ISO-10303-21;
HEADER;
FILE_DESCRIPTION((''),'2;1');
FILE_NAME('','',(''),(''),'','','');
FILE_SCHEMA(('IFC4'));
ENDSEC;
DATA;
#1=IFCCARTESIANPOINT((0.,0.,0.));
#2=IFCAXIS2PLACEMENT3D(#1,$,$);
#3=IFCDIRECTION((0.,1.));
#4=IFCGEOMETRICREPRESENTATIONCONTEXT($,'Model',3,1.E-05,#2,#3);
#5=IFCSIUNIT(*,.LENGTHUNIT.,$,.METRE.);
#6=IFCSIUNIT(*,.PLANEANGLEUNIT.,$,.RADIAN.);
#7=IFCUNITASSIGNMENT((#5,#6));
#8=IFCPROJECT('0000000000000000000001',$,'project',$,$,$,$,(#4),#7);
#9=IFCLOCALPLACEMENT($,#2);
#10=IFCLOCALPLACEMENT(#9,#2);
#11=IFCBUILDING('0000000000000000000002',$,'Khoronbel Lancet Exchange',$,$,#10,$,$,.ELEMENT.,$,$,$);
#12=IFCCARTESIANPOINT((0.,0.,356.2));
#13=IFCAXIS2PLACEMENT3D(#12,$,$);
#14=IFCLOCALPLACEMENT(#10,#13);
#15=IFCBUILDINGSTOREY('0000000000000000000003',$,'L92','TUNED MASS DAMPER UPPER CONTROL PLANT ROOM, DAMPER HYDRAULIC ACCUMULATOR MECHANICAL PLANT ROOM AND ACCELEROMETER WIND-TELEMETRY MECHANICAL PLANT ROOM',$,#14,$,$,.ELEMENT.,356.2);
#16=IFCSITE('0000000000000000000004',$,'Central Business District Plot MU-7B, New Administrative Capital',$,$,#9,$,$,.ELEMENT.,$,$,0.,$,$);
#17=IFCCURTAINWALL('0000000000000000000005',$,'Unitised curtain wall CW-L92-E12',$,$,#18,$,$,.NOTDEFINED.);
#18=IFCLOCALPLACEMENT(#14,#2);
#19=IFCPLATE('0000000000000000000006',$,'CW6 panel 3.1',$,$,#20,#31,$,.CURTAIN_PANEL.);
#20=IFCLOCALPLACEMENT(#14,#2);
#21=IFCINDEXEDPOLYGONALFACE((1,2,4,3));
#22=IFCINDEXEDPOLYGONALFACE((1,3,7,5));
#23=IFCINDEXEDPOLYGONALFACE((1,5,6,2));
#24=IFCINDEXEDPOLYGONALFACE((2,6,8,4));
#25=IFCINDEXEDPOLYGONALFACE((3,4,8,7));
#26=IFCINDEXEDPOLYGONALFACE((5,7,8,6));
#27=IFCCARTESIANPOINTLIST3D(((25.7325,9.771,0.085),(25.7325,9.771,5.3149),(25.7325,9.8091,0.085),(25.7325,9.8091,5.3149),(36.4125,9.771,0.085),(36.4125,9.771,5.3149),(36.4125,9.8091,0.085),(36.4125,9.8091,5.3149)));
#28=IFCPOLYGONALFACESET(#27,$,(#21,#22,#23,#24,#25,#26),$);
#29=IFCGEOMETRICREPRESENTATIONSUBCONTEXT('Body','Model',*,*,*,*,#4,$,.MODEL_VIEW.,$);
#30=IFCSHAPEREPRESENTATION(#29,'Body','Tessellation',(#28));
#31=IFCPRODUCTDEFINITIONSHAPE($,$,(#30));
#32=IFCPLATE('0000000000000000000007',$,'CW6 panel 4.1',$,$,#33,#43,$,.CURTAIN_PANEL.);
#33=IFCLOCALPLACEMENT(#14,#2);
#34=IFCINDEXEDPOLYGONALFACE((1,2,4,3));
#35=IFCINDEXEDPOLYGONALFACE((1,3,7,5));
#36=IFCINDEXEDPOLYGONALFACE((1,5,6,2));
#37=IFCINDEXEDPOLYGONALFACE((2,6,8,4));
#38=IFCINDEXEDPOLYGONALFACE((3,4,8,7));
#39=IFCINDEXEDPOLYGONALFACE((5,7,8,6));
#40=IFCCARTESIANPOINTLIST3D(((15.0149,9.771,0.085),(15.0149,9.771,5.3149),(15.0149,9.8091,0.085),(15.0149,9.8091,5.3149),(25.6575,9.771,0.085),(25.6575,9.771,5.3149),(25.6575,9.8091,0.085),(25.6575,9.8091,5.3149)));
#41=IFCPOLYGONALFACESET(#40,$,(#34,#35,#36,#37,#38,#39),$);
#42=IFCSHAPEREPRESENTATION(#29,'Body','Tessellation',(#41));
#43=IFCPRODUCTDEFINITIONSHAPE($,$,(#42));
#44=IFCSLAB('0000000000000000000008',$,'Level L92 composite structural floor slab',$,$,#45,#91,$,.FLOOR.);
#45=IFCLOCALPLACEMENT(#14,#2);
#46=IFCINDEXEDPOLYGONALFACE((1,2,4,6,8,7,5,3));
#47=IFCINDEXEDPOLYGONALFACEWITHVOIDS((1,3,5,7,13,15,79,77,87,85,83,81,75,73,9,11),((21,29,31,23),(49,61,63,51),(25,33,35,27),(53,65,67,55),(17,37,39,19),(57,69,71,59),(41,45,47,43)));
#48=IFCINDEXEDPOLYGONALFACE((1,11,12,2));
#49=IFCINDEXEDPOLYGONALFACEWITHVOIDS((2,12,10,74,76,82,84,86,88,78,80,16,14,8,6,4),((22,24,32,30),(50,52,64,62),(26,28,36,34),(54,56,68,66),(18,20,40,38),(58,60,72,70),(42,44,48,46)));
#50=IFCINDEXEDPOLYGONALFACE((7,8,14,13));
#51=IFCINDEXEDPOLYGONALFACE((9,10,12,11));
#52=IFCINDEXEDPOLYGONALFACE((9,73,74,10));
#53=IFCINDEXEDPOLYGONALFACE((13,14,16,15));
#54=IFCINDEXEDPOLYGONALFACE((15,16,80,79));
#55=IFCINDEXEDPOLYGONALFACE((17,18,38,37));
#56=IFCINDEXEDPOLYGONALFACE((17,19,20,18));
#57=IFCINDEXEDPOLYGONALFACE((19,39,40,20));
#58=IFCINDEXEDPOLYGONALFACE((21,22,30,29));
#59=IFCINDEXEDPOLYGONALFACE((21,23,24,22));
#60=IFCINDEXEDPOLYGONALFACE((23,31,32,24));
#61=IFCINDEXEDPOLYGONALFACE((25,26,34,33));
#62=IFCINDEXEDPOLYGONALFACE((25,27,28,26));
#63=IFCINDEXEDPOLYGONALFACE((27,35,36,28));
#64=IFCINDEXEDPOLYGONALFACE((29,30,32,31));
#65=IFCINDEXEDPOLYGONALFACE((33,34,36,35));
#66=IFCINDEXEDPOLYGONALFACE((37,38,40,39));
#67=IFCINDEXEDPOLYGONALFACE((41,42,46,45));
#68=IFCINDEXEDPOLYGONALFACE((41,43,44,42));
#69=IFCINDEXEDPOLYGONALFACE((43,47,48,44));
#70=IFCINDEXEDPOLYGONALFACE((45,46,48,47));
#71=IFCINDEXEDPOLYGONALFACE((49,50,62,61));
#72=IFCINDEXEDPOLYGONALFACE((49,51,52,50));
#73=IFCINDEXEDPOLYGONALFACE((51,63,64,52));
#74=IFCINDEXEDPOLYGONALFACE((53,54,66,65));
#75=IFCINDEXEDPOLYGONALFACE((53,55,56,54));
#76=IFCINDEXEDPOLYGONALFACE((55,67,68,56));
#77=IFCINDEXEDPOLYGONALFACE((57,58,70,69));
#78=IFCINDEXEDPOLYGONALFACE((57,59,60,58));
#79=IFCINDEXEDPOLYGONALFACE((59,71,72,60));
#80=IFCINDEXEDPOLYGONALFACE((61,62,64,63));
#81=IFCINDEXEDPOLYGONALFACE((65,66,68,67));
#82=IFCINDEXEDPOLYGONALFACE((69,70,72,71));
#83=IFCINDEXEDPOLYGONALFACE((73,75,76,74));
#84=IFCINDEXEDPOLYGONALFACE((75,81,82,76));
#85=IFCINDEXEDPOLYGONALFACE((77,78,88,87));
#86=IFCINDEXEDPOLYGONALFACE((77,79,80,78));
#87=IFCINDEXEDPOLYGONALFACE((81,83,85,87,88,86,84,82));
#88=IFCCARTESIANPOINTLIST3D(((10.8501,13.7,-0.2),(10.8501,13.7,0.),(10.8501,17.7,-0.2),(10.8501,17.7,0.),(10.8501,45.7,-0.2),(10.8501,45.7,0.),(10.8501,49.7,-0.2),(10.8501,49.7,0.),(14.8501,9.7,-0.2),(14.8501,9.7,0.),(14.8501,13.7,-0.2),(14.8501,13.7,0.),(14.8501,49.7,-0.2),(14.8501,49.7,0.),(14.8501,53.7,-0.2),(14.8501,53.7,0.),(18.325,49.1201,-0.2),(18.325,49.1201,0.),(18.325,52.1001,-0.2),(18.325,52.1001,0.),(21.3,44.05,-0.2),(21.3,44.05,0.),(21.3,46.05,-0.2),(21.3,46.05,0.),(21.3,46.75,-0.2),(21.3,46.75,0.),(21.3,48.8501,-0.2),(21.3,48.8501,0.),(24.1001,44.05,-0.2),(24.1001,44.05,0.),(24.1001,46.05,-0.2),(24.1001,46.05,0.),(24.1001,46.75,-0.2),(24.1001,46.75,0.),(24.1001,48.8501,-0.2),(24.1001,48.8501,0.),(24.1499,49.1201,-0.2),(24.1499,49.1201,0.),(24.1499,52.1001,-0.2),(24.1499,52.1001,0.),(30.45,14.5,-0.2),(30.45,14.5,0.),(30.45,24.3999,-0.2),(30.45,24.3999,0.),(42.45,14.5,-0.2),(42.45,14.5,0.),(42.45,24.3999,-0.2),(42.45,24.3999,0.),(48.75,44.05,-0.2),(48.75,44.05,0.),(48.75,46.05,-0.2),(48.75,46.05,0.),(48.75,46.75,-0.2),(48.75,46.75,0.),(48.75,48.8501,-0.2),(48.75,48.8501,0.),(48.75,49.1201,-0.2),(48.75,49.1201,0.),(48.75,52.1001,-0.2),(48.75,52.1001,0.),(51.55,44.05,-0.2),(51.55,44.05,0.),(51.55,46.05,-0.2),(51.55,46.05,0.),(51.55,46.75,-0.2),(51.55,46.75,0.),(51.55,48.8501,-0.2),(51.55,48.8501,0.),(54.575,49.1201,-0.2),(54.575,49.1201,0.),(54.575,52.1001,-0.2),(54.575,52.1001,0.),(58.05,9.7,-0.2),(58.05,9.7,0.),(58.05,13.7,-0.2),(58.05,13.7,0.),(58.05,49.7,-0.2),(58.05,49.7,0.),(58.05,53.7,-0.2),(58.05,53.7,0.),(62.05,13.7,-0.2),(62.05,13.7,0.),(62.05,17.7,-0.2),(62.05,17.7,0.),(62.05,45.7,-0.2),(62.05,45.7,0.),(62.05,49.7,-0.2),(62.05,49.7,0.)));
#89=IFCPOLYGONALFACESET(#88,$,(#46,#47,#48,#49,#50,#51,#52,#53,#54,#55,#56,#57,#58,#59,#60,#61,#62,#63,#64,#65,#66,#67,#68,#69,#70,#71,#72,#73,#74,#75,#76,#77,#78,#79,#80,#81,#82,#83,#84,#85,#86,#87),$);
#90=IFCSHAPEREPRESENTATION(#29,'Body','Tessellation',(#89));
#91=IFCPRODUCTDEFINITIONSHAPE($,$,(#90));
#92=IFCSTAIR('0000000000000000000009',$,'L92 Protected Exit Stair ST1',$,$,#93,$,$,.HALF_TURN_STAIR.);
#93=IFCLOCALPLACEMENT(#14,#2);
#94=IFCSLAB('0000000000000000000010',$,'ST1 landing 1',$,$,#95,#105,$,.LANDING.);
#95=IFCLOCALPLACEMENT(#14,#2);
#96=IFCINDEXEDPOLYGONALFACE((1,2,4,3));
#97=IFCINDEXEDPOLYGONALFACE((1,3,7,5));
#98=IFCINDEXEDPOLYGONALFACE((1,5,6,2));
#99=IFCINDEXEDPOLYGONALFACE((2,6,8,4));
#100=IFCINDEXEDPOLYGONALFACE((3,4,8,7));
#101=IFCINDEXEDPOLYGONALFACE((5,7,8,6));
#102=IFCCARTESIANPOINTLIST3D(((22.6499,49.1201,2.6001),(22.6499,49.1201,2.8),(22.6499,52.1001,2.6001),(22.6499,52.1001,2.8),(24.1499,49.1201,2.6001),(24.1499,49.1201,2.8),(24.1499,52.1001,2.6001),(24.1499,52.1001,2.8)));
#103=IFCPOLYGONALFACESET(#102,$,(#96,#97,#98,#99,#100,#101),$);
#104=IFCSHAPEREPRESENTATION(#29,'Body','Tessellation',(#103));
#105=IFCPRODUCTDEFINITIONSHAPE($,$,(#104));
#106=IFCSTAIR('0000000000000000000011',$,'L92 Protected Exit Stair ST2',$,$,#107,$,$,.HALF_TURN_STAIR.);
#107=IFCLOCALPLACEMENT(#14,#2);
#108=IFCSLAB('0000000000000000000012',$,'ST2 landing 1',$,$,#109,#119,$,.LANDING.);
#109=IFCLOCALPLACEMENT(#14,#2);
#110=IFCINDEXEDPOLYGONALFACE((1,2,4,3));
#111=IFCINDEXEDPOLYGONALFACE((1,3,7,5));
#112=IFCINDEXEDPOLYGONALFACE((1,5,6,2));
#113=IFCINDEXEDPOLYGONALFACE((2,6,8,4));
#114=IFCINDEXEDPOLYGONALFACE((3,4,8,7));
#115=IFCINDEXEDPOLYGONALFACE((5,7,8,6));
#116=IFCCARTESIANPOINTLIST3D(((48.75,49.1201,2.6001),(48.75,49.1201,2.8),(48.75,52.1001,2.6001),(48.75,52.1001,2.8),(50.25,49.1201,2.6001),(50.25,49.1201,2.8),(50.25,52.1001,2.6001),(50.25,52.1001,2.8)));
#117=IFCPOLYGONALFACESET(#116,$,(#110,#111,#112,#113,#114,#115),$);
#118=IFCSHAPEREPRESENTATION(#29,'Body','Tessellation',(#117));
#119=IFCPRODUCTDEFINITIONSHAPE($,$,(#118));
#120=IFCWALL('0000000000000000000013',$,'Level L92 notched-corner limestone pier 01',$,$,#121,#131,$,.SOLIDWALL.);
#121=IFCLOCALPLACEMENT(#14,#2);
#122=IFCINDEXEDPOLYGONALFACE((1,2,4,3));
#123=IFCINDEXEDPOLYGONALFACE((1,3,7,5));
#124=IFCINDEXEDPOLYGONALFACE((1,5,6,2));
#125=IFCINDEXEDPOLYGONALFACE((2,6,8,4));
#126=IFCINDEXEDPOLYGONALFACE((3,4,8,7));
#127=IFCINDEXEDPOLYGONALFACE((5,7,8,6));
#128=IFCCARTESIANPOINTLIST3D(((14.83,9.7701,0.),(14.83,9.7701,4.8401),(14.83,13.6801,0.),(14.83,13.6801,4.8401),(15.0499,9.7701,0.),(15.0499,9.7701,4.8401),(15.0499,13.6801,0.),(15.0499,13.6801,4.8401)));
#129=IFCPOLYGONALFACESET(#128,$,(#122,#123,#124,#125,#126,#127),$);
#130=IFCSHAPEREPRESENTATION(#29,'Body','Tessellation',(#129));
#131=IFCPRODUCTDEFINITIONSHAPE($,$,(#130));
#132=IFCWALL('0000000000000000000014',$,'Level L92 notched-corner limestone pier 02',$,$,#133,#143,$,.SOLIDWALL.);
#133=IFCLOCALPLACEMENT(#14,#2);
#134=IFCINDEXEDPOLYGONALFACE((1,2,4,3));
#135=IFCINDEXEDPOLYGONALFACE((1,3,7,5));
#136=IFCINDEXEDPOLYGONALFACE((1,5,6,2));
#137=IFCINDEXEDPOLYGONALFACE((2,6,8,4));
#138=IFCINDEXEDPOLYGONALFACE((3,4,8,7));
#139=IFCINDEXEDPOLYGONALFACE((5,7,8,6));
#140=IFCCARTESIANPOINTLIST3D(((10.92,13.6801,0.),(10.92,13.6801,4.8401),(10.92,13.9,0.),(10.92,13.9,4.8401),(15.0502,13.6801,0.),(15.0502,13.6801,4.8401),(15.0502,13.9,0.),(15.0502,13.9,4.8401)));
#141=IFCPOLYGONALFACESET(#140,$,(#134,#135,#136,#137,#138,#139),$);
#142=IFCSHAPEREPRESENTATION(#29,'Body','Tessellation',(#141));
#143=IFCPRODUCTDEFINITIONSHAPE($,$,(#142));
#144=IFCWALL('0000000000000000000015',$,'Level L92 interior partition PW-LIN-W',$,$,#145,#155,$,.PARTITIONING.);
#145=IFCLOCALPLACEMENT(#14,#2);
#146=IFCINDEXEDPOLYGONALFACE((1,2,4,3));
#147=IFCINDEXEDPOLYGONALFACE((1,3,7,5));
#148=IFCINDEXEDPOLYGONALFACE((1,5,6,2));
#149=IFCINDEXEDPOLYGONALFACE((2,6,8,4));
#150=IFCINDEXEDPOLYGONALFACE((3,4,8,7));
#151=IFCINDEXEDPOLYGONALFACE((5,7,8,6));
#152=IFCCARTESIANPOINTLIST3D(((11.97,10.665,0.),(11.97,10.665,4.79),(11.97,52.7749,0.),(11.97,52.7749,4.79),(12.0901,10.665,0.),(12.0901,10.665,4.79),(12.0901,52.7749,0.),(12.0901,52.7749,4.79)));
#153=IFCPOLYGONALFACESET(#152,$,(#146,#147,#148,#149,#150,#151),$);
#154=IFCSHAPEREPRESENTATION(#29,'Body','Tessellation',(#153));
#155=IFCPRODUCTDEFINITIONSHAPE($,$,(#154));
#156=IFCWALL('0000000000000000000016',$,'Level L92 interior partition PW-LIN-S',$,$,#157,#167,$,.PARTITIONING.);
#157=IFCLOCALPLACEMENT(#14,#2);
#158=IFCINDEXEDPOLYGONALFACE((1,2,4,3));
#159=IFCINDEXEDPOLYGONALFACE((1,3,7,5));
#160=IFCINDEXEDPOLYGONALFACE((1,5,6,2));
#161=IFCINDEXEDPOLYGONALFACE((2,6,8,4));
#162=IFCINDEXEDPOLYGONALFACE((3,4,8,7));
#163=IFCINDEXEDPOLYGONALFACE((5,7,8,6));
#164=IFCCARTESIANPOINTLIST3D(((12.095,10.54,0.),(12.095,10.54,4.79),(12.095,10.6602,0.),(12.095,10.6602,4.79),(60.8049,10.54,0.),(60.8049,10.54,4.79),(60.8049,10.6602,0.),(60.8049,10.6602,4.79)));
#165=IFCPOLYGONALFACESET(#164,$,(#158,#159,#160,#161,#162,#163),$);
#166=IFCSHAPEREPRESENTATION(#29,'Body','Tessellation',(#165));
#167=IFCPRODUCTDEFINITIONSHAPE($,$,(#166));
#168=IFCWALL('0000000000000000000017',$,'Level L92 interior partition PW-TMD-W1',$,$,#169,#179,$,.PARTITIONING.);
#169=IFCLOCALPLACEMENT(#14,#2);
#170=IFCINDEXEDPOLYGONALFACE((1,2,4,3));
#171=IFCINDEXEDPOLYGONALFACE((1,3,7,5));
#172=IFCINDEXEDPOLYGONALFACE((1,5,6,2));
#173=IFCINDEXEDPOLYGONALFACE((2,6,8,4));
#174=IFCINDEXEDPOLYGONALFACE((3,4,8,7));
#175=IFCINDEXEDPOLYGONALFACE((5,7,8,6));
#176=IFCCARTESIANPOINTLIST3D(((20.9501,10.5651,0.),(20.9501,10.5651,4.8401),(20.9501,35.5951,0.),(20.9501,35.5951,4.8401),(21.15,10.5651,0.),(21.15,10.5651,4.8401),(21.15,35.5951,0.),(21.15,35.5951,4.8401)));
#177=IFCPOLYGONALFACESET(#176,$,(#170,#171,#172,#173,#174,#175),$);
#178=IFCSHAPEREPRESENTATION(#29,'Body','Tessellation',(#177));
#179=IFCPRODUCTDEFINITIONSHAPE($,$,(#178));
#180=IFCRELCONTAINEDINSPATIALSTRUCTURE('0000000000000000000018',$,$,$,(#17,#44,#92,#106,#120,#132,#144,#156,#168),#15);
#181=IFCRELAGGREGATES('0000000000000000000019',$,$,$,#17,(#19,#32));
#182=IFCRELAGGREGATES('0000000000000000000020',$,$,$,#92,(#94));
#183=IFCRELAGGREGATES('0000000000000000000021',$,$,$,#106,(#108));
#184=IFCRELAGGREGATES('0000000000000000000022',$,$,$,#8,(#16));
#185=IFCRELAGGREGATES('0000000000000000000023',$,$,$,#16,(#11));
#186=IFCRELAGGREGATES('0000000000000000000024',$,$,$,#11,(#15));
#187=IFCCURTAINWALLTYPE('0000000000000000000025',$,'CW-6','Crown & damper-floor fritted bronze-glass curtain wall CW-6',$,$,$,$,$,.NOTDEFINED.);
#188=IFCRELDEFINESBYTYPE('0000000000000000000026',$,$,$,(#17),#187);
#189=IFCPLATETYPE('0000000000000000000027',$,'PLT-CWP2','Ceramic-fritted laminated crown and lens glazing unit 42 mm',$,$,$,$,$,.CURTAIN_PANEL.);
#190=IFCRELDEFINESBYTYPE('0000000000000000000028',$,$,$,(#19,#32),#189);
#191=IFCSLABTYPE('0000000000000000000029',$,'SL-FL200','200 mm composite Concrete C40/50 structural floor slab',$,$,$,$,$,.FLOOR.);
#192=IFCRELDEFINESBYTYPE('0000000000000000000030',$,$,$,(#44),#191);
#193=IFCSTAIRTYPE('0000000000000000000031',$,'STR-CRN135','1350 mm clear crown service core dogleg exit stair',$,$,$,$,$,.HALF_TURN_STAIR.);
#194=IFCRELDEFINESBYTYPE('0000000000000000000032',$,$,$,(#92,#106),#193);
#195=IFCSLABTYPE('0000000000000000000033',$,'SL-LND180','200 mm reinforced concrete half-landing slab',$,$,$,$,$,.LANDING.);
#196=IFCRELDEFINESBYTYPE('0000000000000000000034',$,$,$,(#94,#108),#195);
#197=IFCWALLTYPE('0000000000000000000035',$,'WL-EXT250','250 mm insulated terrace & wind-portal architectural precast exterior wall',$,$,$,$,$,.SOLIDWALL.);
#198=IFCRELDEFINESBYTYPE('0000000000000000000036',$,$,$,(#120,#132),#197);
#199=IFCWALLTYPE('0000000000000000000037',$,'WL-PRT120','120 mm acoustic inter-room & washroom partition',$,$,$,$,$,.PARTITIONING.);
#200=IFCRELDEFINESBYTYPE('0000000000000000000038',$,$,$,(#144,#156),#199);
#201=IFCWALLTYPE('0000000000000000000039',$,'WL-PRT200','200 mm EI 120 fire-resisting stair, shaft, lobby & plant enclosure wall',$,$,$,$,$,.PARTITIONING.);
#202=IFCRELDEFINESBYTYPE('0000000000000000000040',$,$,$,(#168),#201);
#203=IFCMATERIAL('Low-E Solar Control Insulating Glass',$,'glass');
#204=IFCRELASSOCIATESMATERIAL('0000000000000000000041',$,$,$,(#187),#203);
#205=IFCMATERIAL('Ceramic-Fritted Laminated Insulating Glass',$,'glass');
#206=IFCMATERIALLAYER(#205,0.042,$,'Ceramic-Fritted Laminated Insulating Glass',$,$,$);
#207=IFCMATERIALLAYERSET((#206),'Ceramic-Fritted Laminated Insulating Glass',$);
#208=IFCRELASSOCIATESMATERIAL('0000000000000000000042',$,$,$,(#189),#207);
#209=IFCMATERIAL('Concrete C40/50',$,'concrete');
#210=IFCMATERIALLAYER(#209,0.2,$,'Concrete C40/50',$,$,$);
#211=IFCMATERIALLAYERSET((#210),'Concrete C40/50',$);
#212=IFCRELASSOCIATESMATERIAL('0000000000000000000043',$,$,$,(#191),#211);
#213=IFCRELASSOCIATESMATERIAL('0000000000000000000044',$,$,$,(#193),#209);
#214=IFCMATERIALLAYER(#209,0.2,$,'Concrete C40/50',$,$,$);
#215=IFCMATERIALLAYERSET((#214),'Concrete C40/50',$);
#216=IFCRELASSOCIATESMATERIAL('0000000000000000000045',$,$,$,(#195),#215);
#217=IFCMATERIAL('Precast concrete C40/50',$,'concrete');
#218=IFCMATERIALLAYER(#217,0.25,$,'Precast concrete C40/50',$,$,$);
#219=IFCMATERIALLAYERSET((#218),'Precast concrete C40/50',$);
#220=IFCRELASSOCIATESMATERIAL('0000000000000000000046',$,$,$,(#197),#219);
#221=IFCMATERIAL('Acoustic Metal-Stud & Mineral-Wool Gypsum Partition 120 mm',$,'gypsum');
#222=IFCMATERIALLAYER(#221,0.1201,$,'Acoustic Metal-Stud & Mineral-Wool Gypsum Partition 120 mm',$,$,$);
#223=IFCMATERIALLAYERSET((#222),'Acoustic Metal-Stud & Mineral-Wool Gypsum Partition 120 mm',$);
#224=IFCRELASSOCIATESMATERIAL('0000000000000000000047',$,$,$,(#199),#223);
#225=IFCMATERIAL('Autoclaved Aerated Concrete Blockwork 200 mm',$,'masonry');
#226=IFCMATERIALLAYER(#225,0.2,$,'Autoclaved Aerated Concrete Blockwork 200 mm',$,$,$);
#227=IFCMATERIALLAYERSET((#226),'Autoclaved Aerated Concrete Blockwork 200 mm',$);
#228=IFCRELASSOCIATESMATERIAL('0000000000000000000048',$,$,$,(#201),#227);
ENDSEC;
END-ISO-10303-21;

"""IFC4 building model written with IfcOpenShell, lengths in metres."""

from ifc_helpers import new_model, si_unit, direction, frame, frame_2d, origin, origin_2d, place, context, subcontext, project, spatial, polyline, rectangle, outline, extrude, material, layer, layer_set, type_object, element, aggregate, save


model = new_model("IFC4")

# Units and contexts
model_context = context("Model", 3, precision=1e-05, world=origin(), true_north=direction((0.0, 1.0)))
body_context = subcontext(model_context, "Body", "Model", "MODEL_VIEW")
ifc_project = project(units=[si_unit("LENGTHUNIT", "METRE"), si_unit("PLANEANGLEUNIT", "RADIAN")], contexts=[model_context])

# Site, building, storey
site_placement = place(None, origin())
site = spatial("IfcSite", under=ifc_project, at=site_placement, Name="Central Business District Plot MU-7B, New Administrative Capital", CompositionType="ELEMENT", RefElevation=0.0)
building_placement = place(site_placement, origin())
building = spatial("IfcBuilding", under=site, at=building_placement, Name="Khoronbel Lancet Exchange", CompositionType="ELEMENT")
storey_placement = place(building_placement, frame((0.0, 0.0, 356.2)))
storey = spatial("IfcBuildingStorey", under=building, at=storey_placement, Name="L92", Description="TUNED MASS DAMPER UPPER CONTROL PLANT ROOM, DAMPER HYDRAULIC ACCUMULATOR MECHANICAL PLANT ROOM AND ACCELEROMETER WIND-TELEMETRY MECHANICAL PLANT ROOM", CompositionType="ELEMENT", Elevation=356.2)

# Shared definitions
ifc_material_1 = material(Name="Low-E Solar Control Insulating Glass", Category="glass")
curtain_wall_type = type_object("IfcCurtainWallType", Name="CW-6", Description="Crown & damper-floor fritted bronze-glass curtain wall CW-6", PredefinedType="NOTDEFINED", material=ifc_material_1)

# Curtain wall
curtain_wall_1_placement = place(storey_placement, origin())
curtain_wall_1 = element("IfcCurtainWall", 1, at=curtain_wall_1_placement, inside=storey, type_object=curtain_wall_type, Name="Unitised curtain wall CW-L92-E12", PredefinedType="NOTDEFINED")

# Plates
ifc_material_2 = material(Name="Ceramic-Fritted Laminated Insulating Glass", Category="glass")
ifc_layer_1 = layer(ifc_material_2, 0.042, Name="Ceramic-Fritted Laminated Insulating Glass")
ifc_layer_set_1 = layer_set([ifc_layer_1], Name="Ceramic-Fritted Laminated Insulating Glass")
plate_type = type_object("IfcPlateType", Name="PLT-CWP2", Description="Ceramic-fritted laminated crown and lens glazing unit 42 mm", PredefinedType="CURTAIN_PANEL", material=ifc_layer_set_1)
plate_1_placement = place(storey_placement, frame((31.0725, 9.79, 0.085), z_axis=(0.0, 0.0, 1.0), x_axis=(-1.0, 0.0, 0.0)))
plate_1 = element("IfcPlate", 2, at=plate_1_placement, type_object=plate_type, Name="CW6 panel 3.1", PredefinedType="CURTAIN_PANEL", context=body_context, shape_type="SweptSolid", body=[
    extrude(rectangle(XDim=10.6799, YDim=0.0381, at=origin_2d()), origin(), (0.0, 0.0, 1.0), 5.23),
])
plate_2_placement = place(storey_placement, frame((20.3362, 9.79, 0.085), z_axis=(0.0, 0.0, 1.0), x_axis=(-1.0, 0.0, 0.0)))
plate_2 = element("IfcPlate", 3, at=plate_2_placement, type_object=plate_type, Name="CW6 panel 4.1", PredefinedType="CURTAIN_PANEL", context=body_context, shape_type="SweptSolid", body=[
    extrude(rectangle(XDim=10.6426, YDim=0.0381, at=origin_2d()), origin(), (0.0, 0.0, 1.0), 5.23),
])
aggregate(curtain_wall_1, [plate_1, plate_2])

# Slab
ifc_material_3 = material(Name="Concrete C40/50", Category="concrete")
ifc_layer_2 = layer(ifc_material_3, 0.2, Name="Concrete C40/50")
ifc_layer_set_2 = layer_set([ifc_layer_2], Name="Concrete C40/50")
slab_type_1 = type_object("IfcSlabType", Name="SL-FL200", Description="200 mm composite Concrete C40/50 structural floor slab", PredefinedType="FLOOR", material=ifc_layer_set_2)
slab_1_placement = place(storey_placement, frame((0.0, 0.0, -0.2)))
element("IfcSlab", 4, at=slab_1_placement, inside=storey, type_object=slab_type_1, Name="Level L92 composite structural floor slab", PredefinedType="FLOOR", context=body_context, shape_type="SweptSolid", body=[
    extrude(outline(polyline([(14.8501, 9.7), (58.05, 9.7), (58.05, 13.7), (62.05, 13.7), (62.05, 17.7), (62.05, 45.7), (62.05, 49.7), (58.05, 49.7), (58.05, 53.7), (14.8501, 53.7), (14.8501, 49.7), (10.8501, 49.7), (10.8501, 45.7), (10.8501, 17.7), (10.8501, 13.7), (14.8501, 13.7), (14.8501, 9.7)]), holes=[polyline([(18.325, 49.1201), (24.1499, 49.1201), (24.1499, 52.1001), (18.325, 52.1001), (18.325, 49.1201)]), polyline([(48.75, 49.1201), (54.575, 49.1201), (54.575, 52.1001), (48.75, 52.1001), (48.75, 49.1201)]), polyline([(21.3, 46.75), (24.1001, 46.75), (24.1001, 48.8501), (21.3, 48.8501), (21.3, 46.75)]), polyline([(48.75, 46.75), (51.55, 46.75), (51.55, 48.8501), (48.75, 48.8501), (48.75, 46.75)]), polyline([(21.3, 44.05), (24.1001, 44.05), (24.1001, 46.05), (21.3, 46.05), (21.3, 44.05)]), polyline([(48.75, 44.05), (51.55, 44.05), (51.55, 46.05), (48.75, 46.05), (48.75, 44.05)]), polyline([(30.45, 14.5), (42.45, 14.5), (42.45, 24.3999), (30.45, 24.3999), (30.45, 14.5)])]), origin(), (0.0, 0.0, 1.0), 0.2),
])

# Stairs, slabs
stair_type = type_object("IfcStairType", Name="STR-CRN135", Description="1350 mm clear crown service core dogleg exit stair", PredefinedType="HALF_TURN_STAIR", material=ifc_material_3)
stair_1_placement = place(storey_placement, origin())
stair_1 = element("IfcStair", 5, at=stair_1_placement, inside=storey, type_object=stair_type, Name="L92 Protected Exit Stair ST1", PredefinedType="HALF_TURN_STAIR")
ifc_layer_3 = layer(ifc_material_3, 0.2, Name="Concrete C40/50")
ifc_layer_set_3 = layer_set([ifc_layer_3], Name="Concrete C40/50")
slab_type_2 = type_object("IfcSlabType", Name="SL-LND180", Description="200 mm reinforced concrete half-landing slab", PredefinedType="LANDING", material=ifc_layer_set_3)
slab_2_placement = place(storey_placement, frame((0.0, 0.0, 2.6001)))
slab_2 = element("IfcSlab", 6, at=slab_2_placement, type_object=slab_type_2, Name="ST1 landing 1", PredefinedType="LANDING", context=body_context, shape_type="SweptSolid", body=[
    extrude(outline(polyline([(22.6499, 49.1201), (24.1499, 49.1201), (24.1499, 52.1001), (22.6499, 52.1001), (22.6499, 49.1201)])), origin(), (0.0, 0.0, 1.0), 0.2),
])
aggregate(stair_1, [slab_2])
stair_2_placement = place(storey_placement, origin())
stair_2 = element("IfcStair", 7, at=stair_2_placement, inside=storey, type_object=stair_type, Name="L92 Protected Exit Stair ST2", PredefinedType="HALF_TURN_STAIR")
slab_3_placement = place(storey_placement, frame((0.0, 0.0, 2.6001)))
slab_3 = element("IfcSlab", 8, at=slab_3_placement, type_object=slab_type_2, Name="ST2 landing 1", PredefinedType="LANDING", context=body_context, shape_type="SweptSolid", body=[
    extrude(outline(polyline([(50.25, 52.1001), (48.75, 52.1001), (48.75, 49.1201), (50.25, 49.1201), (50.25, 52.1001)])), origin(), (0.0, 0.0, 1.0), 0.2),
])
aggregate(stair_2, [slab_3])

# Walls
ifc_material_4 = material(Name="Precast concrete C40/50", Category="concrete")
ifc_layer_4 = layer(ifc_material_4, 0.25, Name="Precast concrete C40/50")
ifc_layer_set_4 = layer_set([ifc_layer_4], Name="Precast concrete C40/50")
wall_type_1 = type_object("IfcWallType", Name="WL-EXT250", Description="250 mm insulated terrace & wind-portal architectural precast exterior wall", PredefinedType="SOLIDWALL", material=ifc_layer_set_4)
wall_1_placement = place(storey_placement, frame((14.9399, 9.77, 0.0), z_axis=(0.0, 0.0, 1.0), x_axis=(0.0, 1.0, 0.0)))
element("IfcWall", 9, at=wall_1_placement, inside=storey, type_object=wall_type_1, Name="Level L92 notched-corner limestone pier 01", PredefinedType="SOLIDWALL", context=body_context, shape_type="SweptSolid", body=[
    extrude(rectangle(XDim=3.9099, YDim=0.22, at=frame_2d((1.9551, 0.0))), origin(), (0.0, 0.0, 1.0), 4.8401),
])
wall_2_placement = place(storey_placement, frame((15.05, 13.79, 0.0), z_axis=(0.0, 0.0, 1.0), x_axis=(-1.0, 0.0, 0.0)))
element("IfcWall", 10, at=wall_2_placement, inside=storey, type_object=wall_type_1, Name="Level L92 notched-corner limestone pier 02", PredefinedType="SOLIDWALL", context=body_context, shape_type="SweptSolid", body=[
    extrude(rectangle(XDim=4.1301, YDim=0.22, at=frame_2d((2.0649, 0.0))), origin(), (0.0, 0.0, 1.0), 4.8401),
])
ifc_material_5 = material(Name="Acoustic Metal-Stud & Mineral-Wool Gypsum Partition 120 mm", Category="gypsum")
ifc_layer_5 = layer(ifc_material_5, 0.1201, Name="Acoustic Metal-Stud & Mineral-Wool Gypsum Partition 120 mm")
ifc_layer_set_5 = layer_set([ifc_layer_5], Name="Acoustic Metal-Stud & Mineral-Wool Gypsum Partition 120 mm")
wall_type_2 = type_object("IfcWallType", Name="WL-PRT120", Description="120 mm acoustic inter-room & washroom partition", PredefinedType="PARTITIONING", material=ifc_layer_set_5)
wall_3_placement = place(storey_placement, frame((12.03, 10.665, 0.0), z_axis=(0.0, 0.0, 1.0), x_axis=(0.0, 1.0, 0.0)))
element("IfcWall", 11, at=wall_3_placement, inside=storey, type_object=wall_type_2, Name="Level L92 interior partition PW-LIN-W", PredefinedType="PARTITIONING", context=body_context, shape_type="SweptSolid", body=[
    extrude(rectangle(XDim=42.1099, YDim=0.1201, at=frame_2d((21.0549, 0.0))), origin(), (0.0, 0.0, 1.0), 4.79),
])
wall_4_placement = place(storey_placement, frame((12.095, 10.6001, 0.0), z_axis=(0.0, 0.0, 1.0), x_axis=(1.0, 0.0, 0.0)))
element("IfcWall", 12, at=wall_4_placement, inside=storey, type_object=wall_type_2, Name="Level L92 interior partition PW-LIN-S", PredefinedType="PARTITIONING", context=body_context, shape_type="SweptSolid", body=[
    extrude(rectangle(XDim=48.71, YDim=0.1201, at=frame_2d((24.355, 0.0))), origin(), (0.0, 0.0, 1.0), 4.79),
])
ifc_material_6 = material(Name="Autoclaved Aerated Concrete Blockwork 200 mm", Category="masonry")
ifc_layer_6 = layer(ifc_material_6, 0.2, Name="Autoclaved Aerated Concrete Blockwork 200 mm")
ifc_layer_set_6 = layer_set([ifc_layer_6], Name="Autoclaved Aerated Concrete Blockwork 200 mm")
wall_type_3 = type_object("IfcWallType", Name="WL-PRT200", Description="200 mm EI 120 fire-resisting stair, shaft, lobby & plant enclosure wall", PredefinedType="PARTITIONING", material=ifc_layer_set_6)
wall_5_placement = place(storey_placement, frame((21.05, 10.5649, 0.0), z_axis=(0.0, 0.0, 1.0), x_axis=(0.0, 1.0, 0.0)))
element("IfcWall", 13, at=wall_5_placement, inside=storey, type_object=wall_type_3, Name="Level L92 interior partition PW-TMD-W1", PredefinedType="PARTITIONING", context=body_context, shape_type="SweptSolid", body=[
    extrude(rectangle(XDim=25.03, YDim=0.2, at=frame_2d((12.5151, 0.0))), origin(), (0.0, 0.0, 1.0), 4.8401),
])

save(model, "model.ifc")
